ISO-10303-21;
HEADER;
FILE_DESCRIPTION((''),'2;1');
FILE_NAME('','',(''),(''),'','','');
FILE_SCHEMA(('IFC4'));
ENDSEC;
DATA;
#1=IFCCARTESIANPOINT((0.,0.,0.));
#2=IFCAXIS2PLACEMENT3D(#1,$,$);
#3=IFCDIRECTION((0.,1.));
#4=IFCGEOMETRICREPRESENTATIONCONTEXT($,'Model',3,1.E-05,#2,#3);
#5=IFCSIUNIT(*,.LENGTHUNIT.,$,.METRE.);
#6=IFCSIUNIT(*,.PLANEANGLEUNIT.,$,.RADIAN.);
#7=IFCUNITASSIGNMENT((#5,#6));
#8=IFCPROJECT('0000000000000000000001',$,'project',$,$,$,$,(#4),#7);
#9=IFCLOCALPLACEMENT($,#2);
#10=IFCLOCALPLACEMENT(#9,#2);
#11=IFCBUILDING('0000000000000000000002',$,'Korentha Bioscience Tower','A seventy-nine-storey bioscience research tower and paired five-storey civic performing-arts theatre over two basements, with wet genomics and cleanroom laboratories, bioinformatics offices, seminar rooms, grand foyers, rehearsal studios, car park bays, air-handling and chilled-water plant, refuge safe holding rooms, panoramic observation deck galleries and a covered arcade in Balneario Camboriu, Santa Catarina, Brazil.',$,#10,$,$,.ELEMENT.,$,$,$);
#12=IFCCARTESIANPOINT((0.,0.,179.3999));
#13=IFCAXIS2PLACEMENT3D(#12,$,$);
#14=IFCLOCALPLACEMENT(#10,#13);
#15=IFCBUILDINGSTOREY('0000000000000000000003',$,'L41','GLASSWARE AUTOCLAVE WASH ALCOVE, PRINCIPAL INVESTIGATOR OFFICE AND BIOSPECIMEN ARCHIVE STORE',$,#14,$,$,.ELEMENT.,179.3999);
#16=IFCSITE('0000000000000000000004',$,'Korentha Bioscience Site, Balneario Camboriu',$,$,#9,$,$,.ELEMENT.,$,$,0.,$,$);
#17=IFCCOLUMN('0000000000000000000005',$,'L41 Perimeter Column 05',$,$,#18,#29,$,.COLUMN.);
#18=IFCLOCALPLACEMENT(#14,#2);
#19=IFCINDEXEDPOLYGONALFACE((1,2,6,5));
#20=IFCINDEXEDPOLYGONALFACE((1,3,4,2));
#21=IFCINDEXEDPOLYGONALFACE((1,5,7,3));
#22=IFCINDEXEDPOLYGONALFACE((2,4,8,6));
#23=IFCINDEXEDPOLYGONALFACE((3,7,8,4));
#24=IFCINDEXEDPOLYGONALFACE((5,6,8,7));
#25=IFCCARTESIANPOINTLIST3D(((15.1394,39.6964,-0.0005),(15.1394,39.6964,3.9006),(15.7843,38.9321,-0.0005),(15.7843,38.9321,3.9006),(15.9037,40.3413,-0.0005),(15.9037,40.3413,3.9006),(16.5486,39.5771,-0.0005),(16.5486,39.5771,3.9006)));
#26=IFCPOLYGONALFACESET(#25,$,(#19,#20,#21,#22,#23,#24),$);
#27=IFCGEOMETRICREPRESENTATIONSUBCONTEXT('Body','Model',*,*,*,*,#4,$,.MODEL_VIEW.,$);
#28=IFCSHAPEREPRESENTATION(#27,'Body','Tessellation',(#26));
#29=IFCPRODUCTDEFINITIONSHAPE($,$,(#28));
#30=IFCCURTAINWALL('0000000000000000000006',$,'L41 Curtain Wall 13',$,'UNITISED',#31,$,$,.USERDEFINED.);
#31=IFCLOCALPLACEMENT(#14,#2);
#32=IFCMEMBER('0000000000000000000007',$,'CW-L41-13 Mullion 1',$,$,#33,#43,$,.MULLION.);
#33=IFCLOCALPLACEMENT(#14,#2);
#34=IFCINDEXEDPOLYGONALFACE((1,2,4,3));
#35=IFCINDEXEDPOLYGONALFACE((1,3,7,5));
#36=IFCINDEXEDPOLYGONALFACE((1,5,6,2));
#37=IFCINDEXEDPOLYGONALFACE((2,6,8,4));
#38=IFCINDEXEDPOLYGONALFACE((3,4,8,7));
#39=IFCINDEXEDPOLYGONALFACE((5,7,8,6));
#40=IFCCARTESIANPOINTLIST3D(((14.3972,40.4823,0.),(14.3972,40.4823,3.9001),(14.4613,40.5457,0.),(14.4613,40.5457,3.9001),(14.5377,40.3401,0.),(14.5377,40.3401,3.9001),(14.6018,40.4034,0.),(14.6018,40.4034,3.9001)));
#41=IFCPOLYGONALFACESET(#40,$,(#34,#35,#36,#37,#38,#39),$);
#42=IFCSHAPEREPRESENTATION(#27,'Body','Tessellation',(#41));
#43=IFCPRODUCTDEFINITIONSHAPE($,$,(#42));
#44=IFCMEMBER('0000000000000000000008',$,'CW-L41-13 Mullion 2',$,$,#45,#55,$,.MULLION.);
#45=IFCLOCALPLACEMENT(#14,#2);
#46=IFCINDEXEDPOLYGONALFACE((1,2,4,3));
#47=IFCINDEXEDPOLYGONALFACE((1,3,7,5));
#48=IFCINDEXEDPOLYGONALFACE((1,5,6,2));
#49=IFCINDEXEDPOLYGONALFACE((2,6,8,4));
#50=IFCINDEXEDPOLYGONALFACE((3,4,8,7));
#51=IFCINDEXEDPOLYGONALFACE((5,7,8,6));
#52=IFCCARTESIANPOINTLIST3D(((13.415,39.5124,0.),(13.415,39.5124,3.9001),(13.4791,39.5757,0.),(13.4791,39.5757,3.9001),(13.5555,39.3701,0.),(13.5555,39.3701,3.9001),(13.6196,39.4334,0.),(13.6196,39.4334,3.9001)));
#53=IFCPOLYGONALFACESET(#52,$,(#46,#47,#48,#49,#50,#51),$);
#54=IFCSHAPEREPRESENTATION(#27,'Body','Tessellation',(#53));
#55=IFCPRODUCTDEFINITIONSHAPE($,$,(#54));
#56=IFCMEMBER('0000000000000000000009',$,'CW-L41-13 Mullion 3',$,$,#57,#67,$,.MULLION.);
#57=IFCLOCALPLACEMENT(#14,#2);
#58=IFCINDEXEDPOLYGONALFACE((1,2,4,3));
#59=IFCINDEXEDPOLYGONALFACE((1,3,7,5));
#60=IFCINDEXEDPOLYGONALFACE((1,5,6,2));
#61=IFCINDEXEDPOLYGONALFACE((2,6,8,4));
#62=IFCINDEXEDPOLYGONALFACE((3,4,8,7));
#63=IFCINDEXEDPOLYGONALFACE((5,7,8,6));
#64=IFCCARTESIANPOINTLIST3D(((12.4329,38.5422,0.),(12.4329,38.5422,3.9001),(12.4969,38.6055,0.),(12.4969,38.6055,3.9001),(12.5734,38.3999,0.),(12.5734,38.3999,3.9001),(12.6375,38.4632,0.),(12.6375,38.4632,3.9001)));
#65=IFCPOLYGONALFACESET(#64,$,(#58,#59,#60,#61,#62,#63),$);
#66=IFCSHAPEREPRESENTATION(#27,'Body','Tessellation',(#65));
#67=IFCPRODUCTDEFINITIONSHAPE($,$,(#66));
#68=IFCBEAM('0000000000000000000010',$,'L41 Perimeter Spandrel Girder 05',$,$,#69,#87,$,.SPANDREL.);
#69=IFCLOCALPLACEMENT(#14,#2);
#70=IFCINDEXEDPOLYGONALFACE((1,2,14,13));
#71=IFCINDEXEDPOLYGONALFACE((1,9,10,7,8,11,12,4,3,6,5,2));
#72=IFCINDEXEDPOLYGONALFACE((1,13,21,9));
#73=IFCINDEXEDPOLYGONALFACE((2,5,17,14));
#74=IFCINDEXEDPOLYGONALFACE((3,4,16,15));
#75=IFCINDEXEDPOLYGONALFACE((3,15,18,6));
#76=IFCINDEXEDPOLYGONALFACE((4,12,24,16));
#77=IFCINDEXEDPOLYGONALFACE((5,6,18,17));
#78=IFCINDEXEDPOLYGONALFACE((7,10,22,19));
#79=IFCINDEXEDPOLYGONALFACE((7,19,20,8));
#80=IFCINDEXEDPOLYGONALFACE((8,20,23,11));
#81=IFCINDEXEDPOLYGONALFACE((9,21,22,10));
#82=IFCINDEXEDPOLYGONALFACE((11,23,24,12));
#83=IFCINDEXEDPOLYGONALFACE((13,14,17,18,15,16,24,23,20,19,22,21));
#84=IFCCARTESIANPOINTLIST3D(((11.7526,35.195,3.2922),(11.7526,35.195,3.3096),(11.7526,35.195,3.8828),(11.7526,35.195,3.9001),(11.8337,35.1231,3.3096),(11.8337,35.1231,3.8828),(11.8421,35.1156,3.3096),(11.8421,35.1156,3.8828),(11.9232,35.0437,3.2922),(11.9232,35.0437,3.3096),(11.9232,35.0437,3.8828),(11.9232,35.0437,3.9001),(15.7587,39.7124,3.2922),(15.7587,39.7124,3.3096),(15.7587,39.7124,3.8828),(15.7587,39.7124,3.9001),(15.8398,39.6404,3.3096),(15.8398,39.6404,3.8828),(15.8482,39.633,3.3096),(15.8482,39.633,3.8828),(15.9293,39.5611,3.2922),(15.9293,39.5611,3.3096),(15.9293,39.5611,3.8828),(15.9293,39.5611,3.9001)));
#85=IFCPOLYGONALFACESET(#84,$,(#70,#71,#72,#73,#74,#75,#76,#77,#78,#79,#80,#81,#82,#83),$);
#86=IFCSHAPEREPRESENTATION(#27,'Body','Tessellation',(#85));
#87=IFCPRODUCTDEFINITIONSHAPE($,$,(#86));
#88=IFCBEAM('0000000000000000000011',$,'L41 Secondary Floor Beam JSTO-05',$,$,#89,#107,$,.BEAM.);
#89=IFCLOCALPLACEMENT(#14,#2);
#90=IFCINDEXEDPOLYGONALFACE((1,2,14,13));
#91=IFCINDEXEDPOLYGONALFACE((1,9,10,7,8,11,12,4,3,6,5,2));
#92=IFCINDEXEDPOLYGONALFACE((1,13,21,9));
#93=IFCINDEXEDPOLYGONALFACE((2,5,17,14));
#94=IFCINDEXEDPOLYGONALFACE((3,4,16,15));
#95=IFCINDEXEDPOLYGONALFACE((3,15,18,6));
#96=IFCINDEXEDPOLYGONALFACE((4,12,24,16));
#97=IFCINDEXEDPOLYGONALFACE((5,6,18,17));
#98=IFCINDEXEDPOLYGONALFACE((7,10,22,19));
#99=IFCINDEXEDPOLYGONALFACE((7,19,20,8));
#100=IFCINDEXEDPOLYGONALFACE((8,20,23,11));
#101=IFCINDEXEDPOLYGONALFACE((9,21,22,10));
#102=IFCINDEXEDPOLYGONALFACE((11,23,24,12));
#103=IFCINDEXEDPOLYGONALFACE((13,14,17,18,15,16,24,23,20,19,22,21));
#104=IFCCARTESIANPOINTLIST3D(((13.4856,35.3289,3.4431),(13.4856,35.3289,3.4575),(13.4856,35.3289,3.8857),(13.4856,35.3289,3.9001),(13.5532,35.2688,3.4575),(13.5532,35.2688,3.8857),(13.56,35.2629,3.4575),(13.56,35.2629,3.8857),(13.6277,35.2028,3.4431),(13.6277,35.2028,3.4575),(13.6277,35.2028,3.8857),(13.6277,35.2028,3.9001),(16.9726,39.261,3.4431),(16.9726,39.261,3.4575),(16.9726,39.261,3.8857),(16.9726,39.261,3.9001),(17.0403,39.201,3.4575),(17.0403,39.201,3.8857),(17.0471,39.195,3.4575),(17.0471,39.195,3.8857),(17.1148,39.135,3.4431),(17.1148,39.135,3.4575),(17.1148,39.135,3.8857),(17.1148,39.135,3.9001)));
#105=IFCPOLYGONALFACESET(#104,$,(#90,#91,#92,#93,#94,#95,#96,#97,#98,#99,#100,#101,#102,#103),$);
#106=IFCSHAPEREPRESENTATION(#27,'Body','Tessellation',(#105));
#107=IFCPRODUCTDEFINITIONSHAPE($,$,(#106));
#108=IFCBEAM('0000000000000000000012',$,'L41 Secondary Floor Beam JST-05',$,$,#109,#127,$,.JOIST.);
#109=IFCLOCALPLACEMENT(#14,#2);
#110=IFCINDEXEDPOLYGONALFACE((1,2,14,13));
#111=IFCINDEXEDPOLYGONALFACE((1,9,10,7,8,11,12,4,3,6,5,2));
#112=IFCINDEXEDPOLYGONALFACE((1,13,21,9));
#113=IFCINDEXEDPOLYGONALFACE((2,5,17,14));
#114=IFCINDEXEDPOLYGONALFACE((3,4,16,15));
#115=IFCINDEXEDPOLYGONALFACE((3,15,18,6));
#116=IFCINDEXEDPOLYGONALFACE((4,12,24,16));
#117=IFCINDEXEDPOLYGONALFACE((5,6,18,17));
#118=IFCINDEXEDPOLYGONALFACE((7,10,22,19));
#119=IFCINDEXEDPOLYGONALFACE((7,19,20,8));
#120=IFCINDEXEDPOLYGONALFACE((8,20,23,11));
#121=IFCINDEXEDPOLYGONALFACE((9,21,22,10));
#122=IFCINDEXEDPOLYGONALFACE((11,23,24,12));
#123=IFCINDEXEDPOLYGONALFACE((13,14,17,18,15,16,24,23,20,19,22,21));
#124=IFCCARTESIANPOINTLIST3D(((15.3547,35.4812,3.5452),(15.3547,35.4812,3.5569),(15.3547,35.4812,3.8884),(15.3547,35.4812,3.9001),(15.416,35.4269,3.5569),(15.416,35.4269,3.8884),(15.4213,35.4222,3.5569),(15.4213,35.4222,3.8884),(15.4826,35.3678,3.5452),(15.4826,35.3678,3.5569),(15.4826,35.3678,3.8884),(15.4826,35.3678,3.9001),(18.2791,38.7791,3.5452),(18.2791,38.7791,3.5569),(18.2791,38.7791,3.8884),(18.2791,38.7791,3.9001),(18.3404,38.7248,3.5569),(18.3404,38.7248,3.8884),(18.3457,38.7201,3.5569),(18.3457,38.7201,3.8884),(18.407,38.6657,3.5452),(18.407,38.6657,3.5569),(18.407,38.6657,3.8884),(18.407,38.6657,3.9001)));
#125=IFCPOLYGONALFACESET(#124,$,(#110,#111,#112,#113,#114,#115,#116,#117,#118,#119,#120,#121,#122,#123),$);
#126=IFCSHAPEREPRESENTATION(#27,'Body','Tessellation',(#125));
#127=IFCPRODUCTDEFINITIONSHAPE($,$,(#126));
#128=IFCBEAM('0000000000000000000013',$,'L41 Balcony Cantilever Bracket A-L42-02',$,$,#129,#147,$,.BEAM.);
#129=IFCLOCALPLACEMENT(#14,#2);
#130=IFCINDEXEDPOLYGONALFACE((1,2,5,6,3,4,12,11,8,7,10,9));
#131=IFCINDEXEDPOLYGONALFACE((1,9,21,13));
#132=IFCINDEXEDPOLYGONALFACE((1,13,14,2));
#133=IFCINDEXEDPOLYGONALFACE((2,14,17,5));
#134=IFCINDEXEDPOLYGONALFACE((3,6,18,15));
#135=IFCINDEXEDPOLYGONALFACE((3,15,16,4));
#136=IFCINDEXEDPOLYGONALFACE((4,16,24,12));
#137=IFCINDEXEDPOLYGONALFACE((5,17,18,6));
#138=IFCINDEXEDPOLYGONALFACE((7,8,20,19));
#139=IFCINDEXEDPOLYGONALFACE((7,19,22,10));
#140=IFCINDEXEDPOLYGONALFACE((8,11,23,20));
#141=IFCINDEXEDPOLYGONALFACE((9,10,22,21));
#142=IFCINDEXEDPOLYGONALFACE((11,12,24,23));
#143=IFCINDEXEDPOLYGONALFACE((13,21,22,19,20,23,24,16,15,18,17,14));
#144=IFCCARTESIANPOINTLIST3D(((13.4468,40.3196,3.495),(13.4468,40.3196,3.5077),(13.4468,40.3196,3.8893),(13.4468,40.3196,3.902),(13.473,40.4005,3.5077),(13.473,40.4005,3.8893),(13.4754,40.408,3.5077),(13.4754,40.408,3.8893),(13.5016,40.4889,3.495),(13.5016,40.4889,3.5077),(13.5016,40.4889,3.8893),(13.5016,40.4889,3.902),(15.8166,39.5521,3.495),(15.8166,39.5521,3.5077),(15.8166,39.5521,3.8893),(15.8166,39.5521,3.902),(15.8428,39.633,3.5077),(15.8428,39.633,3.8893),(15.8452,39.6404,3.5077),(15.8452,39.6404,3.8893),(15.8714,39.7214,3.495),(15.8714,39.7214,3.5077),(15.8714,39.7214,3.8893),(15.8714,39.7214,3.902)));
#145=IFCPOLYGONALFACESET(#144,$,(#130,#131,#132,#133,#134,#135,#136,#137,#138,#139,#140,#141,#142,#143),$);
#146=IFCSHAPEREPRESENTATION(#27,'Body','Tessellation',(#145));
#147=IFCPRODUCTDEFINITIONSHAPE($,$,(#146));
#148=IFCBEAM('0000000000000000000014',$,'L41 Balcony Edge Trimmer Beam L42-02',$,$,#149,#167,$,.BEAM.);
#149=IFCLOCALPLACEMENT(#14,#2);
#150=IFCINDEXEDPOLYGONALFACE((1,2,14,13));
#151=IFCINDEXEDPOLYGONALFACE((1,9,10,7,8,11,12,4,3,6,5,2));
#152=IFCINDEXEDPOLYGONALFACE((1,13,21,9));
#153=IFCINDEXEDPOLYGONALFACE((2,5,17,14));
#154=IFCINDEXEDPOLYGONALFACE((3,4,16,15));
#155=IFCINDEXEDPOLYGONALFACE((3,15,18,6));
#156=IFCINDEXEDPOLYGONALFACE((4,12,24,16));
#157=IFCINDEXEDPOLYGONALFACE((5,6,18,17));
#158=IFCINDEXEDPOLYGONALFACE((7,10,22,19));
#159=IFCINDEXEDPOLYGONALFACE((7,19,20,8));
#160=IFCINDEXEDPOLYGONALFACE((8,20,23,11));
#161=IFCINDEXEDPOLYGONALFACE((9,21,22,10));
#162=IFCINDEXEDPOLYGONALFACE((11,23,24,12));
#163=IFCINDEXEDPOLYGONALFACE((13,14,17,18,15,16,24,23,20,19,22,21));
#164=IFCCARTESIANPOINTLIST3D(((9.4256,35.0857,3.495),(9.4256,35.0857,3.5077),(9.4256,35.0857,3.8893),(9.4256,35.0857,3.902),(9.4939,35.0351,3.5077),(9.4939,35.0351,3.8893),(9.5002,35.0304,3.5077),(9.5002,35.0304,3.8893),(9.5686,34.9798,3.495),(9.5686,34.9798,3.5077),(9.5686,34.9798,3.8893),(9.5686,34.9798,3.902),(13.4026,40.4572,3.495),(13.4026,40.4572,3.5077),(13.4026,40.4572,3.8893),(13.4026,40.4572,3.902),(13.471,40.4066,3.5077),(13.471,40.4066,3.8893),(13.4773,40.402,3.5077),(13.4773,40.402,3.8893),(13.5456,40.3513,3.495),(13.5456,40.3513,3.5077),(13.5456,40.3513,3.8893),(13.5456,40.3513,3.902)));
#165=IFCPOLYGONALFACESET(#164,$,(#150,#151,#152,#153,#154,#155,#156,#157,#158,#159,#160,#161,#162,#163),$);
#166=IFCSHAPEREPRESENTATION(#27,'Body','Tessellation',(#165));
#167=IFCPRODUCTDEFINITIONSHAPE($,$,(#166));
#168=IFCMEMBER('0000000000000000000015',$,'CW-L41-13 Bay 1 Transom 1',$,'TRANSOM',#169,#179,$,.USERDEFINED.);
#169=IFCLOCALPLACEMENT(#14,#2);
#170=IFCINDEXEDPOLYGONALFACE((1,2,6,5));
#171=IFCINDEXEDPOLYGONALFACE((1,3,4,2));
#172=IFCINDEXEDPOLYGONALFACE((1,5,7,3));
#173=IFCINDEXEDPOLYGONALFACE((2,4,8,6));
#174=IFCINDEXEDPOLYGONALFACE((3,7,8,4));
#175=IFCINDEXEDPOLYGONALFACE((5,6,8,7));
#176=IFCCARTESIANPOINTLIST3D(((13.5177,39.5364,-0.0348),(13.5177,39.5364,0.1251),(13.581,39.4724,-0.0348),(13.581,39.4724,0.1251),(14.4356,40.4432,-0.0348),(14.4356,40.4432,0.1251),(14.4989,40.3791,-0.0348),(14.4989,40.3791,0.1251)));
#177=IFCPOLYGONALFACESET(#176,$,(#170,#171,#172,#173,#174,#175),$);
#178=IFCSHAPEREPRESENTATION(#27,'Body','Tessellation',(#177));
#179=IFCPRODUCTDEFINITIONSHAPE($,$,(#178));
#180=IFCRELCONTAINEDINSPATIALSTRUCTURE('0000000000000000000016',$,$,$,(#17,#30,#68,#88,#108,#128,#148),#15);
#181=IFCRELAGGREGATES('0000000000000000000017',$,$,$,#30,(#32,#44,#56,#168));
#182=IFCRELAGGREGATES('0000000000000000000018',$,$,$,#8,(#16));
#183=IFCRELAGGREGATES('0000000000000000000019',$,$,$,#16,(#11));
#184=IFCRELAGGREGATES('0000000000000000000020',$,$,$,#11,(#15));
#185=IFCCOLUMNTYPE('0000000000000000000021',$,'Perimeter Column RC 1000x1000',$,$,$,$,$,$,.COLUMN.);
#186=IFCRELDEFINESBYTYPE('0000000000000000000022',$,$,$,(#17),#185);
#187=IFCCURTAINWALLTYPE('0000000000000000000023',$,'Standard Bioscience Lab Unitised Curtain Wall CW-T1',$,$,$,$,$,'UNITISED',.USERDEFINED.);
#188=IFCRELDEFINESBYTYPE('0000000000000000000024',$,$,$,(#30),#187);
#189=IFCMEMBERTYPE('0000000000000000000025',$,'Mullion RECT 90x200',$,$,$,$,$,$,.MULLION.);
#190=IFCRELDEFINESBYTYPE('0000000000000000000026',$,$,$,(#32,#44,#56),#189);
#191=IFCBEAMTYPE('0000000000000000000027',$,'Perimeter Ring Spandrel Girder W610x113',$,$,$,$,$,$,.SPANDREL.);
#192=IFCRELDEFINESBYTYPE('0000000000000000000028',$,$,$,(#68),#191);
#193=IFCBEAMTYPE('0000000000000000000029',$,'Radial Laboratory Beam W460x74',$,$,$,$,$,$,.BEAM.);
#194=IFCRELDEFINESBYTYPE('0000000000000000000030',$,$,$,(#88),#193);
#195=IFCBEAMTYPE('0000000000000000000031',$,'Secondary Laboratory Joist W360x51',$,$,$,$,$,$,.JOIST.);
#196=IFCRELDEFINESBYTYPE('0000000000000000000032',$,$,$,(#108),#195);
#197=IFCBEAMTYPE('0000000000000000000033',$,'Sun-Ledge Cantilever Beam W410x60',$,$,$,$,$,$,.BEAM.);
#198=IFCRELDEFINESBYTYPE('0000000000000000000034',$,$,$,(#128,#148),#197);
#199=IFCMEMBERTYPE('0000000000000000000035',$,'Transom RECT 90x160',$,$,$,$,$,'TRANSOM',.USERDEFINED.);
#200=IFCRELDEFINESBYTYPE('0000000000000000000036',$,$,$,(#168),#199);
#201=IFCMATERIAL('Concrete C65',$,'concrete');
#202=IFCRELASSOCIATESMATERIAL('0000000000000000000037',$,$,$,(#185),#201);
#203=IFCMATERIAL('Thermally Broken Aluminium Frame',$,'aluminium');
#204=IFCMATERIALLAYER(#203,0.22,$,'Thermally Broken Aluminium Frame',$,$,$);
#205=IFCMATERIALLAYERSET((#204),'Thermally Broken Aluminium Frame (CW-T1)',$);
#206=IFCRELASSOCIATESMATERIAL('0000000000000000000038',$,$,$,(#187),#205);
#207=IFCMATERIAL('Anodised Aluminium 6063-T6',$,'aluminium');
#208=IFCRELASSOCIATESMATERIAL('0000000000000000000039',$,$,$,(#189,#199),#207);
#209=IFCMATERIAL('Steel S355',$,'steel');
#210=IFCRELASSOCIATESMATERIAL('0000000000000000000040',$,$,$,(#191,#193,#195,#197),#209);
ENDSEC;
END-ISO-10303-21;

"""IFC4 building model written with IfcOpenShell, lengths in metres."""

from ifc_helpers import new_model, si_unit, direction, frame, origin, origin_2d, place, context, subcontext, project, spatial, rectangle, i_section, extrude, material, layer, layer_set, material_profile, profile_set, type_object, element, aggregate, save


model = new_model("IFC4")

# Units and contexts
model_context = context("Model", 3, precision=1e-05, world=origin(), true_north=direction((0.0, 1.0)))
body_context = subcontext(model_context, "Body", "Model", "MODEL_VIEW")
ifc_project = project(units=[si_unit("LENGTHUNIT", "METRE"), si_unit("PLANEANGLEUNIT", "RADIAN")], contexts=[model_context])

# Site, building, storey
site_placement = place(None, origin())
site = spatial("IfcSite", under=ifc_project, at=site_placement, Name="Korentha Bioscience Site, Balneario Camboriu", CompositionType="ELEMENT", RefElevation=0.0)
building_placement = place(site_placement, origin())
building = spatial("IfcBuilding", under=site, at=building_placement, Name="Korentha Bioscience Tower", Description="A seventy-nine-storey bioscience research tower and paired five-storey civic performing-arts theatre over two basements, with wet genomics and cleanroom laboratories, bioinformatics offices, seminar rooms, grand foyers, rehearsal studios, car park bays, air-handling and chilled-water plant, refuge safe holding rooms, panoramic observation deck galleries and a covered arcade in Balneario Camboriu, Santa Catarina, Brazil.", CompositionType="ELEMENT")
storey_placement = place(building_placement, frame((0.0, 0.0, 179.3999)))
storey = spatial("IfcBuildingStorey", under=building, at=storey_placement, Name="L41", Description="GLASSWARE AUTOCLAVE WASH ALCOVE, PRINCIPAL INVESTIGATOR OFFICE AND BIOSPECIMEN ARCHIVE STORE", CompositionType="ELEMENT", Elevation=179.3999)

# Column
ifc_material_1 = material(Name="Concrete C65", Category="concrete")
ifc_material_profile_1 = material_profile(ifc_material_1, rectangle(XDim=1.0, YDim=1.0, at=origin_2d()), Name="Concrete C65")
ifc_profile_set_1 = profile_set([ifc_material_profile_1], Name="Concrete C65 (COL-P10)")
column_type = type_object("IfcColumnType", Name="Perimeter Column RC 1000x1000", PredefinedType="COLUMN", material=ifc_profile_set_1)
column_placement = place(storey_placement, frame((15.844, 39.6367, -0.0005), z_axis=(0.0, 0.0, 1.0), x_axis=(0.764246, 0.644924, 0.0)))
element("IfcColumn", 1, at=column_placement, inside=storey, type_object=column_type, Name="L41 Perimeter Column 05", PredefinedType="COLUMN", context=body_context, shape_type="SweptSolid", body=[
    extrude(rectangle(XDim=1.0, YDim=1.0, at=origin_2d()), origin(), (0.0, 0.0, 1.0), 3.9011),
])

# Curtain wall, members
ifc_material_2 = material(Name="Thermally Broken Aluminium Frame", Category="aluminium")
ifc_layer_1 = layer(ifc_material_2, 0.22, Name="Thermally Broken Aluminium Frame")
ifc_layer_set_1 = layer_set([ifc_layer_1], Name="Thermally Broken Aluminium Frame (CW-T1)")
curtain_wall_type = type_object("IfcCurtainWallType", Name="Standard Bioscience Lab Unitised Curtain Wall CW-T1", ElementType="UNITISED", PredefinedType="USERDEFINED", material=ifc_layer_set_1)
curtain_wall_placement = place(storey_placement, origin())
curtain_wall = element("IfcCurtainWall", 2, at=curtain_wall_placement, inside=storey, type_object=curtain_wall_type, Name="L41 Curtain Wall 13", ObjectType="UNITISED", PredefinedType="USERDEFINED")
ifc_material_3 = material(Name="Anodised Aluminium 6063-T6", Category="aluminium")
ifc_material_profile_2 = material_profile(ifc_material_3, rectangle(XDim=0.0901, YDim=0.2, at=origin_2d()), Name="Anodised Aluminium 6063-T6")
ifc_profile_set_2 = profile_set([ifc_material_profile_2], Name="Anodised Aluminium 6063-T6 (CW-MUL)")
member_type_1 = type_object("IfcMemberType", Name="Mullion RECT 90x200", PredefinedType="MULLION", material=ifc_profile_set_2)
member_1_placement = place(storey_placement, frame((14.4995, 40.4429, 0.0), z_axis=(0.0, 0.0, 1.0), x_axis=(-0.711461, -0.702726, 0.0)))
member_1 = element("IfcMember", 3, at=member_1_placement, type_object=member_type_1, Name="CW-L41-13 Mullion 1", PredefinedType="MULLION", context=body_context, shape_type="SweptSolid", body=[
    extrude(rectangle(XDim=0.0901, YDim=0.2, at=origin_2d()), origin(), (0.0, 0.0, 1.0), 3.9001),
])
member_2_placement = place(storey_placement, frame((13.5173, 39.4729, 0.0), z_axis=(0.0, 0.0, 1.0), x_axis=(-0.711461, -0.702726, 0.0)))
member_2 = element("IfcMember", 4, at=member_2_placement, type_object=member_type_1, Name="CW-L41-13 Mullion 2", PredefinedType="MULLION", context=body_context, shape_type="SweptSolid", body=[
    extrude(rectangle(XDim=0.0901, YDim=0.2, at=origin_2d()), origin(), (0.0, 0.0, 1.0), 3.9001),
])
member_3_placement = place(storey_placement, frame((12.5352, 38.5027, 0.0), z_axis=(0.0, 0.0, 1.0), x_axis=(-0.711461, -0.702726, 0.0)))
member_3 = element("IfcMember", 5, at=member_3_placement, type_object=member_type_1, Name="CW-L41-13 Mullion 3", PredefinedType="MULLION", context=body_context, shape_type="SweptSolid", body=[
    extrude(rectangle(XDim=0.0901, YDim=0.2, at=origin_2d()), origin(), (0.0, 0.0, 1.0), 3.9001),
])

# Beams
ifc_material_4 = material(Name="Steel S355", Category="steel")
ifc_material_profile_3 = material_profile(ifc_material_4, i_section(OverallWidth=0.228, OverallDepth=0.6079, WebThickness=0.0112, FlangeThickness=0.0173, at=origin_2d()), Name="Steel S355")
ifc_profile_set_3 = profile_set([ifc_material_profile_3], Name="Steel S355 (SB-610)")
beam_type_1 = type_object("IfcBeamType", Name="Perimeter Ring Spandrel Girder W610x113", PredefinedType="SPANDREL", material=ifc_profile_set_3)
beam_1_placement = place(storey_placement, frame((15.844, 39.6367, 3.5962), z_axis=(-0.663503, -0.748174, 0.0), x_axis=(0.748174, -0.663503, 0.0)))
element("IfcBeam", 6, at=beam_1_placement, inside=storey, type_object=beam_type_1, Name="L41 Perimeter Spandrel Girder 05", PredefinedType="SPANDREL", context=body_context, shape_type="SweptSolid", body=[
    extrude(i_section(OverallWidth=0.228, OverallDepth=0.6079, WebThickness=0.0112, FlangeThickness=0.0173, at=origin_2d()), origin(), (0.0, 0.0, 1.0), 6.0378),
])
ifc_material_profile_4 = material_profile(ifc_material_4, i_section(OverallWidth=0.1899, OverallDepth=0.457, WebThickness=0.009, FlangeThickness=0.0144, at=origin_2d()), Name="Steel S355")
ifc_profile_set_4 = profile_set([ifc_material_profile_4], Name="Steel S355 (RB-460)")
beam_type_2 = type_object("IfcBeamType", Name="Radial Laboratory Beam W460x74", PredefinedType="BEAM", material=ifc_profile_set_4)
beam_2_placement = place(storey_placement, frame((17.0437, 39.198, 3.6716), z_axis=(-0.663496, -0.74818, 0.0), x_axis=(0.74818, -0.663496, 0.0)))
element("IfcBeam", 7, at=beam_2_placement, inside=storey, type_object=beam_type_2, Name="L41 Secondary Floor Beam JSTO-05", PredefinedType="BEAM", context=body_context, shape_type="SweptSolid", body=[
    extrude(i_section(OverallWidth=0.1899, OverallDepth=0.457, WebThickness=0.009, FlangeThickness=0.0144, at=origin_2d()), origin(), (0.0, 0.0, 1.0), 5.2556),
])
ifc_material_profile_5 = material_profile(ifc_material_4, i_section(OverallWidth=0.1709, OverallDepth=0.355, WebThickness=0.0071, FlangeThickness=0.0117, at=origin_2d()), Name="Steel S355")
ifc_profile_set_5 = profile_set([ifc_material_profile_5], Name="Steel S355 (JB-360)")
beam_type_3 = type_object("IfcBeamType", Name="Secondary Laboratory Joist W360x51", PredefinedType="JOIST", material=ifc_profile_set_5)
beam_3_placement = place(storey_placement, frame((18.343, 38.7224, 3.7227), z_axis=(-0.663463, -0.748209, 0.0), x_axis=(0.748209, -0.663463, 0.0)))
element("IfcBeam", 8, at=beam_3_placement, inside=storey, type_object=beam_type_3, Name="L41 Secondary Floor Beam JST-05", PredefinedType="JOIST", context=body_context, shape_type="SweptSolid", body=[
    extrude(i_section(OverallWidth=0.1709, OverallDepth=0.355, WebThickness=0.0071, FlangeThickness=0.0117, at=origin_2d()), origin(), (0.0, 0.0, 1.0), 4.4077),
])
ifc_material_profile_6 = material_profile(ifc_material_4, i_section(OverallWidth=0.178, OverallDepth=0.407, WebThickness=0.0078, FlangeThickness=0.0127, at=origin_2d()), Name="Steel S355")
ifc_profile_set_6 = profile_set([ifc_material_profile_6], Name="Steel S355 (CB-410)")
beam_type_4 = type_object("IfcBeamType", Name="Sun-Ledge Cantilever Beam W410x60", PredefinedType="BEAM", material=ifc_profile_set_6)
beam_4_placement = place(storey_placement, frame((15.844, 39.6367, 3.6985), z_axis=(-0.951344, 0.308131, 0.0), x_axis=(-0.308131, -0.951344, 0.0)))
element("IfcBeam", 9, at=beam_4_placement, inside=storey, type_object=beam_type_4, Name="L41 Balcony Cantilever Bracket A-L42-02", PredefinedType="BEAM", context=body_context, shape_type="SweptSolid", body=[
    extrude(i_section(OverallWidth=0.178, OverallDepth=0.407, WebThickness=0.0078, FlangeThickness=0.0127, at=origin_2d()), origin(), (0.0, 0.0, 1.0), 2.491),
])
beam_5_placement = place(storey_placement, frame((13.4741, 40.4043, 3.6985), z_axis=(-0.595044, -0.803693, 0.0), x_axis=(0.803693, -0.595044, 0.0)))
element("IfcBeam", 10, at=beam_5_placement, inside=storey, type_object=beam_type_4, Name="L41 Balcony Edge Trimmer Beam L42-02", PredefinedType="BEAM", context=body_context, shape_type="SweptSolid", body=[
    extrude(i_section(OverallWidth=0.178, OverallDepth=0.407, WebThickness=0.0078, FlangeThickness=0.0127, at=origin_2d()), origin(), (0.0, 0.0, 1.0), 6.6836),
])

# Member
ifc_material_profile_7 = material_profile(ifc_material_3, rectangle(XDim=0.0901, YDim=0.1599, at=origin_2d()), Name="Anodised Aluminium 6063-T6")
ifc_profile_set_7 = profile_set([ifc_material_profile_7], Name="Anodised Aluminium 6063-T6 (CW-TRN)")
member_type_2 = type_object("IfcMemberType", Name="Transom RECT 90x160", ElementType="TRANSOM", PredefinedType="USERDEFINED", material=ifc_profile_set_7)
member_4_placement = place(storey_placement, frame((14.4673, 40.4111, 0.0452), z_axis=(-0.711445, -0.702741, 0.0), x_axis=(0.702741, -0.711445, 0.0)))
member_4 = element("IfcMember", 11, at=member_4_placement, type_object=member_type_2, Name="CW-L41-13 Bay 1 Transom 1", ObjectType="TRANSOM", PredefinedType="USERDEFINED", context=body_context, shape_type="SweptSolid", body=[
    extrude(rectangle(XDim=0.0901, YDim=0.1599, at=origin_2d()), origin(), (0.0, 0.0, 1.0), 1.2903),
])

aggregate(curtain_wall, [member_1, member_2, member_3, member_4])

save(model, "model.ifc")
